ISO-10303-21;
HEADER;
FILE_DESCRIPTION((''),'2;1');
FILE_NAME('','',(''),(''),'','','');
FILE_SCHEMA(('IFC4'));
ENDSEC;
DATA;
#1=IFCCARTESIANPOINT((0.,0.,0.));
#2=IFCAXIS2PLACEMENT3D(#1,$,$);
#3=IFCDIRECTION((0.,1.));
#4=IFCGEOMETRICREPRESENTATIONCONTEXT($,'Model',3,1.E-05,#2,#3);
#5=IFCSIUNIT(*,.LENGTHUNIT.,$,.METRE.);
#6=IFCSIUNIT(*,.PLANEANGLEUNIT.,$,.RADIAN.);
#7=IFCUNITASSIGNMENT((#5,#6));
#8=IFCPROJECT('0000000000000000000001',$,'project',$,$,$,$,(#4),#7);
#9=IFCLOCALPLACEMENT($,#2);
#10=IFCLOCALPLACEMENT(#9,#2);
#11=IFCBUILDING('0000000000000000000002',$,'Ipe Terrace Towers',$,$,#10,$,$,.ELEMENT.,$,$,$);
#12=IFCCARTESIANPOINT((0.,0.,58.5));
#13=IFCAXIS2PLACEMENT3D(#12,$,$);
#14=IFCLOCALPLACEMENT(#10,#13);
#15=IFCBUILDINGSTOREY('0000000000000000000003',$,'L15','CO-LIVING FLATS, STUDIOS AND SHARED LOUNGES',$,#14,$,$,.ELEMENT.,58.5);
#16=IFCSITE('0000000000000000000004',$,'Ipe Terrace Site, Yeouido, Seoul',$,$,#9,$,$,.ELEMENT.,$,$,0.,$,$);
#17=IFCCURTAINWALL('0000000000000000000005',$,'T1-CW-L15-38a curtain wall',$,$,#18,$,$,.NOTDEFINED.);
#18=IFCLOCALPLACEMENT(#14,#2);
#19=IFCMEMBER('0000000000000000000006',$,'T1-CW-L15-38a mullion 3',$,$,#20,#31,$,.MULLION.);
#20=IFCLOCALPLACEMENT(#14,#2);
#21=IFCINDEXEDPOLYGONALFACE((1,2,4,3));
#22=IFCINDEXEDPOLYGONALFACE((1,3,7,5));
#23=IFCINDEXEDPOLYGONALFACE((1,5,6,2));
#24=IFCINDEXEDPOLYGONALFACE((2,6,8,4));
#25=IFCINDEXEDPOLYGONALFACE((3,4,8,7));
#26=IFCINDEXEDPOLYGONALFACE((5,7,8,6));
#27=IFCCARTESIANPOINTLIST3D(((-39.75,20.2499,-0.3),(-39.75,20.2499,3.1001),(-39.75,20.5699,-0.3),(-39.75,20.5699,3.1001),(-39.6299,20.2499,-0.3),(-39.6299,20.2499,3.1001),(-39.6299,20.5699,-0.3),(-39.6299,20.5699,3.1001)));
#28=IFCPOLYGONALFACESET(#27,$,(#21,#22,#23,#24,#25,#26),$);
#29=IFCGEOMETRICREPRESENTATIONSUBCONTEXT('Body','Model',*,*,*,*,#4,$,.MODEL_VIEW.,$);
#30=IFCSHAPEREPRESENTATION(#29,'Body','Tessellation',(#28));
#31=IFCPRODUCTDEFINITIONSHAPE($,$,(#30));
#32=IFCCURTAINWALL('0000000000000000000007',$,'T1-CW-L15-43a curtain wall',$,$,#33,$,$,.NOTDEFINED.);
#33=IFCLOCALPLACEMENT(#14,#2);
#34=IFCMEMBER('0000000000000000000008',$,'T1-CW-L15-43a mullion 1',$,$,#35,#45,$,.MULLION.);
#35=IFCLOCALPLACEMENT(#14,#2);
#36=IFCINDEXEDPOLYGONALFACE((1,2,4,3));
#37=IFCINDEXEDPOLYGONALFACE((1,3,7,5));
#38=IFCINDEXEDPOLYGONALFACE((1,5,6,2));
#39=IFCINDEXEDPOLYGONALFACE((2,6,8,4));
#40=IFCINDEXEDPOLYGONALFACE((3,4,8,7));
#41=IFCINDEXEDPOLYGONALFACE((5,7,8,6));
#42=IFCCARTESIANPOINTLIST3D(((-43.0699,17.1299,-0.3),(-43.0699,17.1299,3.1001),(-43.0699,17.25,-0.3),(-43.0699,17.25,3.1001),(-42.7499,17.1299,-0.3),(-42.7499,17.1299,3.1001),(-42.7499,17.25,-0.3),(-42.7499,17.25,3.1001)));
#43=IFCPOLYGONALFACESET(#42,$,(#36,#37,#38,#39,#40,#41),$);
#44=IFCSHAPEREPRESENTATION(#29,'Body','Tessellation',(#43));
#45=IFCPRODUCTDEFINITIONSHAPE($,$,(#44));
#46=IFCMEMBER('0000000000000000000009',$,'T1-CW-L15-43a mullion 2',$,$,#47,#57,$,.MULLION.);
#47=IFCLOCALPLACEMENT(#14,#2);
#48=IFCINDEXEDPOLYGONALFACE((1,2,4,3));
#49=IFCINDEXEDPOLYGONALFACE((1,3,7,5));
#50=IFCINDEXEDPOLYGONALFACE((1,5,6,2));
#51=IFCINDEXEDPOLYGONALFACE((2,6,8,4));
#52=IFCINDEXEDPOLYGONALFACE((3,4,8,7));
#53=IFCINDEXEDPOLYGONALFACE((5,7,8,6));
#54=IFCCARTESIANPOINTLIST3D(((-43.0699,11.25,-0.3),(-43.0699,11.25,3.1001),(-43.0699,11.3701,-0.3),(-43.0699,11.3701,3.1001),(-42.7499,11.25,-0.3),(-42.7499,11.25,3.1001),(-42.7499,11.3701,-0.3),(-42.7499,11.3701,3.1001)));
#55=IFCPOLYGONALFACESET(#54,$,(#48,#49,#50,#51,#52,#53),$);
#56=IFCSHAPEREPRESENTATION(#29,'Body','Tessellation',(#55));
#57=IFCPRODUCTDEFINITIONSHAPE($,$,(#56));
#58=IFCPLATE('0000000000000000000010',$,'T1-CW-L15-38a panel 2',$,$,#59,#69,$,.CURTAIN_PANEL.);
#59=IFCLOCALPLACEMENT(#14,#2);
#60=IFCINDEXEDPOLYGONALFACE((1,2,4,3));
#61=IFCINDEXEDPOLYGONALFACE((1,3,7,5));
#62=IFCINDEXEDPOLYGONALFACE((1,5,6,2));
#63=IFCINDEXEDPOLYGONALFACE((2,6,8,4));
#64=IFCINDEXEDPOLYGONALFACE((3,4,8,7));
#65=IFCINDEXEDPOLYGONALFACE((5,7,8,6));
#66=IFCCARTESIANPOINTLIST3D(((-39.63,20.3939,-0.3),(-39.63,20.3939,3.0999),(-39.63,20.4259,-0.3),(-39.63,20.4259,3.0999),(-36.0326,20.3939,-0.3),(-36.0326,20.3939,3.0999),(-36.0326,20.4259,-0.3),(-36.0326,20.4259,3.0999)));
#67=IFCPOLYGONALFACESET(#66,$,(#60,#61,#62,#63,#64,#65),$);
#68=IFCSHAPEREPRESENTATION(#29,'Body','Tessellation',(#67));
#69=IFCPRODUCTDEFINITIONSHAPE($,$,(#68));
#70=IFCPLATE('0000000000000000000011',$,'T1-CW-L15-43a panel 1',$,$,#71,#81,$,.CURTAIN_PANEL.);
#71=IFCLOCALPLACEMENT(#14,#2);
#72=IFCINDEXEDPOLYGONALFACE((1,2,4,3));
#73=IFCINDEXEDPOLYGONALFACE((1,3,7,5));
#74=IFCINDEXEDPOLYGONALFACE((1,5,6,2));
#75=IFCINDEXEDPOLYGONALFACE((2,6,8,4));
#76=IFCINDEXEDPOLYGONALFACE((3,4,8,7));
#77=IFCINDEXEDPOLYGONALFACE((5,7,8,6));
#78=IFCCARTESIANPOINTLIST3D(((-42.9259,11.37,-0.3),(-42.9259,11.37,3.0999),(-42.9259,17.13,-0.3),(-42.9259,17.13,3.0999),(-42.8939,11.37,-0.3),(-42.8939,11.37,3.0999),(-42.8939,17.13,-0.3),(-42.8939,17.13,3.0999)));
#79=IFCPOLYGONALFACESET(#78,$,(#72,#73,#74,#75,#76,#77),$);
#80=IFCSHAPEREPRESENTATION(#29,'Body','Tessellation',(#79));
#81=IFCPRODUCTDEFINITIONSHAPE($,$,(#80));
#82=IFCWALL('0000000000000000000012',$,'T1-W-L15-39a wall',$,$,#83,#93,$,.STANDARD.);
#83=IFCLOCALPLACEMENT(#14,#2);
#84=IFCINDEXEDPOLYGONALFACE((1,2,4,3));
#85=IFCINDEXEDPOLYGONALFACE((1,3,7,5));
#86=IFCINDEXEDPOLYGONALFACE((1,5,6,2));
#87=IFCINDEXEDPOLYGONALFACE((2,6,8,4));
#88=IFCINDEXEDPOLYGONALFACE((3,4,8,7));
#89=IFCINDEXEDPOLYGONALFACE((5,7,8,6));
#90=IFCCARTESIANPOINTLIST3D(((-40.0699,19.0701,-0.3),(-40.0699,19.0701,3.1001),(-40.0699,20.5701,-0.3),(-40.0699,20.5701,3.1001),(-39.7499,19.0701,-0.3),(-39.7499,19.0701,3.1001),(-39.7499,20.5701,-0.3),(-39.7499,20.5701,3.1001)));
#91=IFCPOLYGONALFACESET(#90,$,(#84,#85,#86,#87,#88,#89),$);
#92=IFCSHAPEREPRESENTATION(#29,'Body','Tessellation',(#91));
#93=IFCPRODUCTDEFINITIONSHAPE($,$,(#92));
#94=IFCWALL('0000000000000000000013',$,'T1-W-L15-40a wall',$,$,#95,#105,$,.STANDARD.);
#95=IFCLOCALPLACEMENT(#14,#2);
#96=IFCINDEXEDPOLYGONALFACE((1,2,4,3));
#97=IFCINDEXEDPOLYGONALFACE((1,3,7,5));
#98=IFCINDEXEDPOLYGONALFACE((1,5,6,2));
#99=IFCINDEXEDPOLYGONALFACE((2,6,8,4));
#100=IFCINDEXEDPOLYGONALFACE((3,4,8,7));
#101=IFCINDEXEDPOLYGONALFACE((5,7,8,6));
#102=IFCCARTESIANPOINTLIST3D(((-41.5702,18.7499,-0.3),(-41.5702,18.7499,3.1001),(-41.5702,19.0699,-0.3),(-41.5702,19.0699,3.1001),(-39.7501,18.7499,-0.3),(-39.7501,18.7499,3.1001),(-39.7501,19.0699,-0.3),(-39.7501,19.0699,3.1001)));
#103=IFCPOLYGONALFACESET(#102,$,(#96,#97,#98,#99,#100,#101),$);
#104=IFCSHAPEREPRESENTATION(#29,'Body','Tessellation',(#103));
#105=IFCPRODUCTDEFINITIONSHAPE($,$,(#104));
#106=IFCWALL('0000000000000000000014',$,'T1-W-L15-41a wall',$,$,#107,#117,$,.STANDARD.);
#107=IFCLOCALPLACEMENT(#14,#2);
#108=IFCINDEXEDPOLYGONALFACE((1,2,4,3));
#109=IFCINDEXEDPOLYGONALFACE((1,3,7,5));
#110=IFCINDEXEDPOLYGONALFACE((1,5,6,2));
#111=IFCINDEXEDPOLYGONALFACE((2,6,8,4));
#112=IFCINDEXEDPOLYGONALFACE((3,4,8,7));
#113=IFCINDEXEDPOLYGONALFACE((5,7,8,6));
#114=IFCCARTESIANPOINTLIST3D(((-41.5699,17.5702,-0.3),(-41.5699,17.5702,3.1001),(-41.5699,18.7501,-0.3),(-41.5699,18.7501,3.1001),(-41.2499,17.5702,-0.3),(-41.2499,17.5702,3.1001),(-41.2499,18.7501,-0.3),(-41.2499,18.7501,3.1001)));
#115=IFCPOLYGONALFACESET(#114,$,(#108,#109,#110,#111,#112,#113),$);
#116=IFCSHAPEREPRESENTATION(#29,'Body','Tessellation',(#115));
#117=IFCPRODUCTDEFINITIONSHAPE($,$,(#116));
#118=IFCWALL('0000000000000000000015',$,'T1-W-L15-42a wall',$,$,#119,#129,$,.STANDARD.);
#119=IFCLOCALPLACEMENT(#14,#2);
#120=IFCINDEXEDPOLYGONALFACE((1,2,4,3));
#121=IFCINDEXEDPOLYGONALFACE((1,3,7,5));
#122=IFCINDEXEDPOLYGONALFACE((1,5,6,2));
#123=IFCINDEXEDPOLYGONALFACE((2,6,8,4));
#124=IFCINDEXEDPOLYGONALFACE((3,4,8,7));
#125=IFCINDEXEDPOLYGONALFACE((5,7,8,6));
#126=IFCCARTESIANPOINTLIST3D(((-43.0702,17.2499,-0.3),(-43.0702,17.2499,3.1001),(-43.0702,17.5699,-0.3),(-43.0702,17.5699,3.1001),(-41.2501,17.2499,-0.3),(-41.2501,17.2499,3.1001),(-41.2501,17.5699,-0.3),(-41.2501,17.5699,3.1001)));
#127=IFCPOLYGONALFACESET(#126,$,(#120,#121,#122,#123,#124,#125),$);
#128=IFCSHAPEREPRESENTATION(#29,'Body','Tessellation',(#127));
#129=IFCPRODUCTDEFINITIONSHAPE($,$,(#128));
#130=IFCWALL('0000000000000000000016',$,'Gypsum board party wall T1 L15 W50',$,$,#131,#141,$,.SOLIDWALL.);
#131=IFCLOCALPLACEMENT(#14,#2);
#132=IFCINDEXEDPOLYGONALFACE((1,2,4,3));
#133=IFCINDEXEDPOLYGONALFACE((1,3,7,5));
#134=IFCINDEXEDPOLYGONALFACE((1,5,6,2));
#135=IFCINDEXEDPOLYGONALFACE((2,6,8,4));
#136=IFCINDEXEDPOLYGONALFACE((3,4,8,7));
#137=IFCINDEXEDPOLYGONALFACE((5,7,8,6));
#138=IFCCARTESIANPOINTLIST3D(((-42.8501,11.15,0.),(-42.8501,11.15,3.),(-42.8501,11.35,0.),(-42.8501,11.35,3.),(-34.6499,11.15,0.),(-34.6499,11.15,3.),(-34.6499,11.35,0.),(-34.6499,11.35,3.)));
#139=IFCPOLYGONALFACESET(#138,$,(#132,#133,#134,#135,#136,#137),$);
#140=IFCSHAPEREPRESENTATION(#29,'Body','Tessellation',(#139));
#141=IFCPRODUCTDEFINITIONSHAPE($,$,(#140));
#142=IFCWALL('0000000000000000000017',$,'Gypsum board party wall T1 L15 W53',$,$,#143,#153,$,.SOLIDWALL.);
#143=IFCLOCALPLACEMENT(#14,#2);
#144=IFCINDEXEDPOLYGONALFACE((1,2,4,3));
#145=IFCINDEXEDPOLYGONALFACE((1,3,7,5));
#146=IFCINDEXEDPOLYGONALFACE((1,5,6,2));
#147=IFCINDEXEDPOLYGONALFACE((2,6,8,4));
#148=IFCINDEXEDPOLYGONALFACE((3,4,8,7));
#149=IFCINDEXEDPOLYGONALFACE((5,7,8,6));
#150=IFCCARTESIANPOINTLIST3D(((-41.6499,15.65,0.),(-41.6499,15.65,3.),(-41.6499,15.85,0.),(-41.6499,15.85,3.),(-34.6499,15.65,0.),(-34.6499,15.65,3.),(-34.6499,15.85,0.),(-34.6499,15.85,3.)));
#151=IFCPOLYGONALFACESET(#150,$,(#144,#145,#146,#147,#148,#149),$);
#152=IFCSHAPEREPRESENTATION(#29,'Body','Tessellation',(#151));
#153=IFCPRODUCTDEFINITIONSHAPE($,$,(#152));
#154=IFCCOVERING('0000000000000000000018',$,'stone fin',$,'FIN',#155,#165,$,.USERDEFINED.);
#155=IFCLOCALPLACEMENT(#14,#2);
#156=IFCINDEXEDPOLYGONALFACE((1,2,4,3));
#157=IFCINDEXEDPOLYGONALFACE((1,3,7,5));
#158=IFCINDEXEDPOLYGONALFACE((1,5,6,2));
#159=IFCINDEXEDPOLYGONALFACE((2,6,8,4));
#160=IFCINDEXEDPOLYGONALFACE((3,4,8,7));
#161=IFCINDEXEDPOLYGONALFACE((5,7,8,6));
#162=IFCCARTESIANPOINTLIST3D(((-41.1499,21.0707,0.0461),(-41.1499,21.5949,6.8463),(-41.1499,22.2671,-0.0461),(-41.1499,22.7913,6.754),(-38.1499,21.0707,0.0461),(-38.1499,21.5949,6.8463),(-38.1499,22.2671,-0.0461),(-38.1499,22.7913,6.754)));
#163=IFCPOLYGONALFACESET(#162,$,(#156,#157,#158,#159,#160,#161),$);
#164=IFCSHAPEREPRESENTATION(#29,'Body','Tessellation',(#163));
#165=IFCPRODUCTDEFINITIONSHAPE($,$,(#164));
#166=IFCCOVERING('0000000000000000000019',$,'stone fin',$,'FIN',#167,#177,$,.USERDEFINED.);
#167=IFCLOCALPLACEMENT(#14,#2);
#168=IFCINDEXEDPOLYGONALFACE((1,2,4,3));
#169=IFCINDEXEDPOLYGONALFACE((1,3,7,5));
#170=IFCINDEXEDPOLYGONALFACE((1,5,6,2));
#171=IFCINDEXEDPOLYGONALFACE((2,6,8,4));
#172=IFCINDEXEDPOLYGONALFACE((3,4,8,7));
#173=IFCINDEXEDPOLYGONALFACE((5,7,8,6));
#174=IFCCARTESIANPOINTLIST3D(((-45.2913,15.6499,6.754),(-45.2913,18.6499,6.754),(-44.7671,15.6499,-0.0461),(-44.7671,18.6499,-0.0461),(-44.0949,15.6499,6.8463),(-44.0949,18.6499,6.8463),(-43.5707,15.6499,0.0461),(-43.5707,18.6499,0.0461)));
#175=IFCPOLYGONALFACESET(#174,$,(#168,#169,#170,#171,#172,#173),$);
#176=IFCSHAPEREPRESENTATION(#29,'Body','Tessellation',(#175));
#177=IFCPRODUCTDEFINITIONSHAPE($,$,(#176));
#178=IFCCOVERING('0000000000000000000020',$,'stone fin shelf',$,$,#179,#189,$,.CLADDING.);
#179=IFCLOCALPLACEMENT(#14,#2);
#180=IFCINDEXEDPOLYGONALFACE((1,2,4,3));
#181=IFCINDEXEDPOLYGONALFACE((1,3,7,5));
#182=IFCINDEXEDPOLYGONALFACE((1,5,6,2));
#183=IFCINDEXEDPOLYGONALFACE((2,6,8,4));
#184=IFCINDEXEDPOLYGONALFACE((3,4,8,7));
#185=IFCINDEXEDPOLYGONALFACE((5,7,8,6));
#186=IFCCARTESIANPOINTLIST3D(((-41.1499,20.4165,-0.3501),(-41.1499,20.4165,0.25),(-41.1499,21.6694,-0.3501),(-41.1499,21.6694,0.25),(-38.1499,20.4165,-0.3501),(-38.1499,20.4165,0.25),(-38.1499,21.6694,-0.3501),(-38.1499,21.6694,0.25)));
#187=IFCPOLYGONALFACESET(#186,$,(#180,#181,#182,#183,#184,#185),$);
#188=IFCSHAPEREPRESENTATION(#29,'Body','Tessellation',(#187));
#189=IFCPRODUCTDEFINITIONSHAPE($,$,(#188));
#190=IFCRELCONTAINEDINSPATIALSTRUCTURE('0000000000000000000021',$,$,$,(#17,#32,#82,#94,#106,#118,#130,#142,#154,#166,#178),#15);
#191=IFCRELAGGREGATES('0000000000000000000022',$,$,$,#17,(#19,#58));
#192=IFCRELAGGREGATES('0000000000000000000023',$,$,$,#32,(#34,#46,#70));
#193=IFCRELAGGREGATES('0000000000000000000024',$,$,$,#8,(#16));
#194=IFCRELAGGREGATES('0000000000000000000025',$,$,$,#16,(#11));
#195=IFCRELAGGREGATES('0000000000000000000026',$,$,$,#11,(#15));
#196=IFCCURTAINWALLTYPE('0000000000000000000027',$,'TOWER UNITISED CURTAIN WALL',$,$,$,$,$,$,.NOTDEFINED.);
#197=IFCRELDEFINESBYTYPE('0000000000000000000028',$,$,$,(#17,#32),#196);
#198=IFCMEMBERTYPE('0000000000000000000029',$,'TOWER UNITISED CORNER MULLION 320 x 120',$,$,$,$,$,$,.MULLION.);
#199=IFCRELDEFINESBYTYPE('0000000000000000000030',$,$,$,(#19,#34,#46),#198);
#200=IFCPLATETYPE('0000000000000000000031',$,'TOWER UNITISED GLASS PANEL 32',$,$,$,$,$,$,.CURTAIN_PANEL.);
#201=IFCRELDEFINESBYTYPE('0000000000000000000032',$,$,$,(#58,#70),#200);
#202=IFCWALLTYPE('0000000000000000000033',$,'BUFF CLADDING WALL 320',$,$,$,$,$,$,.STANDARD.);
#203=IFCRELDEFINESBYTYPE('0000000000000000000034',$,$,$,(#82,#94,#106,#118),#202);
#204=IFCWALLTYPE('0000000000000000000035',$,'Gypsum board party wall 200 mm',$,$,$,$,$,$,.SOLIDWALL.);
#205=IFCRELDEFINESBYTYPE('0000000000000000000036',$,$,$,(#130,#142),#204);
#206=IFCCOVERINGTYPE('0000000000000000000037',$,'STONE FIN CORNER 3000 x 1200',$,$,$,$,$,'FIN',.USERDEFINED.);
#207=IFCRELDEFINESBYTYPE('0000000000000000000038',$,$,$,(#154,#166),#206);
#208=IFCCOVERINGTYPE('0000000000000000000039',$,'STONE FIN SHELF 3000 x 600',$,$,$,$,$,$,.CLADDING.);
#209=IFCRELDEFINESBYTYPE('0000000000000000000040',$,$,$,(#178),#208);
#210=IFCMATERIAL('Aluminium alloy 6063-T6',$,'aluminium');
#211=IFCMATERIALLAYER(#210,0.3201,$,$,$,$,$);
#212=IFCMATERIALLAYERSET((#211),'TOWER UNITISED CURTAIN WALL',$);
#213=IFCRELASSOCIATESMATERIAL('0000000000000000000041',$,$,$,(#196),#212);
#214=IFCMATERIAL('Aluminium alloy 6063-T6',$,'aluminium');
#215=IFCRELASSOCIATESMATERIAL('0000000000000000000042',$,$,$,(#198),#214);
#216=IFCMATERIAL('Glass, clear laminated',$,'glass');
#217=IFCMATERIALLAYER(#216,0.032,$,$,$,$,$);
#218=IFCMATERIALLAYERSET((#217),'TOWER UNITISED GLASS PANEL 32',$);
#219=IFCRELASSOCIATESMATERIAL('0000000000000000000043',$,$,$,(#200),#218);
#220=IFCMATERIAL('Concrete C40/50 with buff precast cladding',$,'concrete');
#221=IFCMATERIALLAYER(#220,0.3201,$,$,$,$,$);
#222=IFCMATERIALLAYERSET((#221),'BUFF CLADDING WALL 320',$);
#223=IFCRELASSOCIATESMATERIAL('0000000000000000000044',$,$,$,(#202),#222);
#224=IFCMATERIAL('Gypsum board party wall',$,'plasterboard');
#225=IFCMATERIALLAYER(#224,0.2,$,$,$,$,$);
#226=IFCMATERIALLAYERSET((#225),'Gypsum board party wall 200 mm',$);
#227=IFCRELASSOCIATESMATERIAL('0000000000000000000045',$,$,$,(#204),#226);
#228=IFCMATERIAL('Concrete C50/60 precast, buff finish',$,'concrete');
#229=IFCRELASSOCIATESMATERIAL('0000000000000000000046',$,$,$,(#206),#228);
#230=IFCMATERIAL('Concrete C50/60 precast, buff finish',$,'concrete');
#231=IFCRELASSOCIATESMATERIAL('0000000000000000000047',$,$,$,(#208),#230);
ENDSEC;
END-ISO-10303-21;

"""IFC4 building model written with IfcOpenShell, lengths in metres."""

from ifc_helpers import new_model, si_unit, direction, frame, frame_2d, origin, origin_2d, place, context, subcontext, project, spatial, rectangle, extrude, material, layer, layer_set, material_profile, profile_set, type_object, element, aggregate, save


model = new_model("IFC4")

# Units and contexts
model_context = context("Model", 3, precision=1e-05, world=origin(), true_north=direction((0.0, 1.0)))
body_context = subcontext(model_context, "Body", "Model", "MODEL_VIEW")
ifc_project = project(units=[si_unit("LENGTHUNIT", "METRE"), si_unit("PLANEANGLEUNIT", "RADIAN")], contexts=[model_context])

# Site, building, storey
site_placement = place(None, origin())
site = spatial("IfcSite", under=ifc_project, at=site_placement, Name="Ipe Terrace Site, Yeouido, Seoul", CompositionType="ELEMENT", RefElevation=0.0)
building_placement = place(site_placement, origin())
building = spatial("IfcBuilding", under=site, at=building_placement, Name="Ipe Terrace Towers", CompositionType="ELEMENT")
storey_placement = place(building_placement, frame((0.0, 0.0, 58.5)))
storey = spatial("IfcBuildingStorey", under=building, at=storey_placement, Name="L15", Description="CO-LIVING FLATS, STUDIOS AND SHARED LOUNGES", CompositionType="ELEMENT", Elevation=58.5)

# Curtain wall, member
ifc_material_1 = material(Name="Aluminium alloy 6063-T6", Category="aluminium")
ifc_layer_1 = layer(ifc_material_1, 0.3201)
ifc_layer_set_1 = layer_set([ifc_layer_1], Name="TOWER UNITISED CURTAIN WALL")
curtain_wall_type = type_object("IfcCurtainWallType", Name="TOWER UNITISED CURTAIN WALL", PredefinedType="NOTDEFINED", material=ifc_layer_set_1)
curtain_wall_1_placement = place(storey_placement, origin())
curtain_wall_1 = element("IfcCurtainWall", 1, at=curtain_wall_1_placement, inside=storey, type_object=curtain_wall_type, Name="T1-CW-L15-38a curtain wall", PredefinedType="NOTDEFINED")
ifc_material_2 = material(Name="Aluminium alloy 6063-T6", Category="aluminium")
ifc_material_profile_1 = material_profile(ifc_material_2, rectangle(XDim=0.3201, YDim=0.1201, at=origin_2d()), Name="TOWER UNITISED CORNER MULLION 320 x 120")
ifc_profile_set_1 = profile_set([ifc_material_profile_1], Name="Aluminium alloy 6063-T6")
member_type = type_object("IfcMemberType", Name="TOWER UNITISED CORNER MULLION 320 x 120", PredefinedType="MULLION", material=ifc_profile_set_1)
member_1_placement = place(storey_placement, frame((-39.6899, 20.4099, -0.3), z_axis=(0.0, 0.0, 1.0), x_axis=(0.0, 1.0, 0.0)))
member_1 = element("IfcMember", 2, at=member_1_placement, type_object=member_type, Name="T1-CW-L15-38a mullion 3", PredefinedType="MULLION", context=body_context, shape_type="SweptSolid", body=[
    extrude(rectangle(XDim=0.3201, YDim=0.1201, at=origin_2d()), origin(), (0.0, 0.0, 1.0), 3.4001),
])

# Curtain wall, members
curtain_wall_2_placement = place(storey_placement, origin())
curtain_wall_2 = element("IfcCurtainWall", 3, at=curtain_wall_2_placement, inside=storey, type_object=curtain_wall_type, Name="T1-CW-L15-43a curtain wall", PredefinedType="NOTDEFINED")
member_2_placement = place(storey_placement, frame((-42.9099, 17.1899, -0.3), z_axis=(0.0, 0.0, 1.0), x_axis=(-1.0, 0.0, 0.0)))
member_2 = element("IfcMember", 4, at=member_2_placement, type_object=member_type, Name="T1-CW-L15-43a mullion 1", PredefinedType="MULLION", context=body_context, shape_type="SweptSolid", body=[
    extrude(rectangle(XDim=0.3201, YDim=0.1201, at=origin_2d()), origin(), (0.0, 0.0, 1.0), 3.4001),
])
member_3_placement = place(storey_placement, frame((-42.9099, 11.3101, -0.3), z_axis=(0.0, 0.0, 1.0), x_axis=(-1.0, 0.0, 0.0)))
member_3 = element("IfcMember", 5, at=member_3_placement, type_object=member_type, Name="T1-CW-L15-43a mullion 2", PredefinedType="MULLION", context=body_context, shape_type="SweptSolid", body=[
    extrude(rectangle(XDim=0.3201, YDim=0.1201, at=origin_2d()), origin(), (0.0, 0.0, 1.0), 3.4001),
])

# Plates
ifc_material_3 = material(Name="Glass, clear laminated", Category="glass")
ifc_layer_2 = layer(ifc_material_3, 0.032)
ifc_layer_set_2 = layer_set([ifc_layer_2], Name="TOWER UNITISED GLASS PANEL 32")
plate_type = type_object("IfcPlateType", Name="TOWER UNITISED GLASS PANEL 32", PredefinedType="CURTAIN_PANEL", material=ifc_layer_set_2)
plate_1_placement = place(storey_placement, frame((-37.8313, 20.4099, -0.3), z_axis=(0.0, 0.0, 1.0), x_axis=(-1.0, 0.0, 0.0)))
plate_1 = element("IfcPlate", 6, at=plate_1_placement, type_object=plate_type, Name="T1-CW-L15-38a panel 2", PredefinedType="CURTAIN_PANEL", context=body_context, shape_type="SweptSolid", body=[
    extrude(rectangle(XDim=3.5974, YDim=0.032, at=origin_2d()), origin(), (0.0, 0.0, 1.0), 3.3999),
])
aggregate(curtain_wall_1, [member_1, plate_1])
plate_2_placement = place(storey_placement, frame((-42.9099, 14.25, -0.3), z_axis=(0.0, 0.0, 1.0), x_axis=(0.0, -1.0, 0.0)))
plate_2 = element("IfcPlate", 7, at=plate_2_placement, type_object=plate_type, Name="T1-CW-L15-43a panel 1", PredefinedType="CURTAIN_PANEL", context=body_context, shape_type="SweptSolid", body=[
    extrude(rectangle(XDim=5.76, YDim=0.032, at=origin_2d()), origin(), (0.0, 0.0, 1.0), 3.3999),
])
aggregate(curtain_wall_2, [member_2, member_3, plate_2])

# Walls
ifc_material_4 = material(Name="Concrete C40/50 with buff precast cladding", Category="concrete")
ifc_layer_3 = layer(ifc_material_4, 0.3201)
ifc_layer_set_3 = layer_set([ifc_layer_3], Name="BUFF CLADDING WALL 320")
wall_type_1 = type_object("IfcWallType", Name="BUFF CLADDING WALL 320", PredefinedType="STANDARD", material=ifc_layer_set_3)
wall_1_placement = place(storey_placement, frame((-39.9099, 20.5701, -0.3), z_axis=(0.0, 0.0, 1.0), x_axis=(0.0, -1.0, 0.0)))
element("IfcWall", 8, at=wall_1_placement, inside=storey, type_object=wall_type_1, Name="T1-W-L15-39a wall", PredefinedType="STANDARD", context=body_context, shape_type="SweptSolid", body=[
    extrude(rectangle(XDim=1.5, YDim=0.3201, at=frame_2d((0.75, 0.0))), origin(), (0.0, 0.0, 1.0), 3.4001),
])
wall_2_placement = place(storey_placement, frame((-39.75, 18.9099, -0.3), z_axis=(0.0, 0.0, 1.0), x_axis=(-1.0, 0.0, 0.0)))
element("IfcWall", 9, at=wall_2_placement, inside=storey, type_object=wall_type_1, Name="T1-W-L15-40a wall", PredefinedType="STANDARD", context=body_context, shape_type="SweptSolid", body=[
    extrude(rectangle(XDim=1.8201, YDim=0.3201, at=frame_2d((0.9102, 0.0))), origin(), (0.0, 0.0, 1.0), 3.4001),
])
wall_3_placement = place(storey_placement, frame((-41.4099, 18.75, -0.3), z_axis=(0.0, 0.0, 1.0), x_axis=(0.0, -1.0, 0.0)))
element("IfcWall", 10, at=wall_3_placement, inside=storey, type_object=wall_type_1, Name="T1-W-L15-41a wall", PredefinedType="STANDARD", context=body_context, shape_type="SweptSolid", body=[
    extrude(rectangle(XDim=1.1799, YDim=0.3201, at=frame_2d((0.5898, 0.0))), origin(), (0.0, 0.0, 1.0), 3.4001),
])
wall_4_placement = place(storey_placement, frame((-41.25, 17.4099, -0.3), z_axis=(0.0, 0.0, 1.0), x_axis=(-1.0, 0.0, 0.0)))
element("IfcWall", 11, at=wall_4_placement, inside=storey, type_object=wall_type_1, Name="T1-W-L15-42a wall", PredefinedType="STANDARD", context=body_context, shape_type="SweptSolid", body=[
    extrude(rectangle(XDim=1.8201, YDim=0.3201, at=frame_2d((0.9102, 0.0))), origin(), (0.0, 0.0, 1.0), 3.4001),
])
ifc_material_5 = material(Name="Gypsum board party wall", Category="plasterboard")
ifc_layer_4 = layer(ifc_material_5, 0.2)
ifc_layer_set_4 = layer_set([ifc_layer_4], Name="Gypsum board party wall 200 mm")
wall_type_2 = type_object("IfcWallType", Name="Gypsum board party wall 200 mm", PredefinedType="SOLIDWALL", material=ifc_layer_set_4)
wall_5_placement = place(storey_placement, frame((-42.8501, 11.25, 0.0), z_axis=(0.0, 0.0, 1.0), x_axis=(1.0, 0.0, 0.0)))
element("IfcWall", 12, at=wall_5_placement, inside=storey, type_object=wall_type_2, Name="Gypsum board party wall T1 L15 W50", PredefinedType="SOLIDWALL", context=body_context, shape_type="SweptSolid", body=[
    extrude(rectangle(XDim=8.2002, YDim=0.2, at=frame_2d((4.1001, 0.0))), origin(), (0.0, 0.0, 1.0), 3.0),
])
wall_6_placement = place(storey_placement, frame((-41.6499, 15.75, 0.0), z_axis=(0.0, 0.0, 1.0), x_axis=(1.0, 0.0, 0.0)))
element("IfcWall", 13, at=wall_6_placement, inside=storey, type_object=wall_type_2, Name="Gypsum board party wall T1 L15 W53", PredefinedType="SOLIDWALL", context=body_context, shape_type="SweptSolid", body=[
    extrude(rectangle(XDim=7.0, YDim=0.2, at=frame_2d((3.5, 0.0))), origin(), (0.0, 0.0, 1.0), 3.0),
])

# Coverings
ifc_material_6 = material(Name="Concrete C50/60 precast, buff finish", Category="concrete")
ifc_material_profile_2 = material_profile(ifc_material_6, rectangle(XDim=3.0, YDim=1.2, at=origin_2d()), Name="STONE FIN CORNER 3000 x 1200")
ifc_profile_set_2 = profile_set([ifc_material_profile_2], Name="Concrete C50/60 precast, buff finish")
covering_type_1 = type_object("IfcCoveringType", Name="STONE FIN CORNER 3000 x 1200", ElementType="FIN", PredefinedType="USERDEFINED", material=ifc_profile_set_2)
for number, where, z_axis, x_axis, name in (
    (14, (-39.6499, 21.6689, 0.0), (0.0, 0.076855, 0.997042), (-1.0, 0.0, 0.0), "stone fin"),
    (15, (-44.1689, 17.1499, 0.0), (-0.076855, 0.0, 0.997042), (0.0, -1.0, 0.0), "stone fin"),
):
    element("IfcCovering", number, at=place(storey_placement, frame(where, z_axis=z_axis, x_axis=x_axis)), inside=storey, type_object=covering_type_1, Name=name, ObjectType="FIN", PredefinedType="USERDEFINED", context=body_context, shape_type="SweptSolid", body=[
        extrude(rectangle(XDim=3.0, YDim=1.2, at=origin_2d()), origin(), (0.0, 0.0, 1.0), 6.8203),
    ])
ifc_material_7 = material(Name="Concrete C50/60 precast, buff finish", Category="concrete")
covering_type_2 = type_object("IfcCoveringType", Name="STONE FIN SHELF 3000 x 600", PredefinedType="CLADDING", material=ifc_material_7)
for number, where, z_axis, x_axis, name in (
    (16, (-39.6499, 21.043, -0.3501), (0.0, 0.0, 1.0), (-1.0, 0.0, 0.0), "stone fin shelf"),
):
    element("IfcCovering", number, at=place(storey_placement, frame(where, z_axis=z_axis, x_axis=x_axis)), inside=storey, type_object=covering_type_2, Name=name, PredefinedType="CLADDING", context=body_context, shape_type="SweptSolid", body=[
        extrude(rectangle(XDim=3.0, YDim=1.2529, at=origin_2d()), origin(), (0.0, 0.0, 1.0), 0.6001),
    ])

save(model, "model.ifc")
